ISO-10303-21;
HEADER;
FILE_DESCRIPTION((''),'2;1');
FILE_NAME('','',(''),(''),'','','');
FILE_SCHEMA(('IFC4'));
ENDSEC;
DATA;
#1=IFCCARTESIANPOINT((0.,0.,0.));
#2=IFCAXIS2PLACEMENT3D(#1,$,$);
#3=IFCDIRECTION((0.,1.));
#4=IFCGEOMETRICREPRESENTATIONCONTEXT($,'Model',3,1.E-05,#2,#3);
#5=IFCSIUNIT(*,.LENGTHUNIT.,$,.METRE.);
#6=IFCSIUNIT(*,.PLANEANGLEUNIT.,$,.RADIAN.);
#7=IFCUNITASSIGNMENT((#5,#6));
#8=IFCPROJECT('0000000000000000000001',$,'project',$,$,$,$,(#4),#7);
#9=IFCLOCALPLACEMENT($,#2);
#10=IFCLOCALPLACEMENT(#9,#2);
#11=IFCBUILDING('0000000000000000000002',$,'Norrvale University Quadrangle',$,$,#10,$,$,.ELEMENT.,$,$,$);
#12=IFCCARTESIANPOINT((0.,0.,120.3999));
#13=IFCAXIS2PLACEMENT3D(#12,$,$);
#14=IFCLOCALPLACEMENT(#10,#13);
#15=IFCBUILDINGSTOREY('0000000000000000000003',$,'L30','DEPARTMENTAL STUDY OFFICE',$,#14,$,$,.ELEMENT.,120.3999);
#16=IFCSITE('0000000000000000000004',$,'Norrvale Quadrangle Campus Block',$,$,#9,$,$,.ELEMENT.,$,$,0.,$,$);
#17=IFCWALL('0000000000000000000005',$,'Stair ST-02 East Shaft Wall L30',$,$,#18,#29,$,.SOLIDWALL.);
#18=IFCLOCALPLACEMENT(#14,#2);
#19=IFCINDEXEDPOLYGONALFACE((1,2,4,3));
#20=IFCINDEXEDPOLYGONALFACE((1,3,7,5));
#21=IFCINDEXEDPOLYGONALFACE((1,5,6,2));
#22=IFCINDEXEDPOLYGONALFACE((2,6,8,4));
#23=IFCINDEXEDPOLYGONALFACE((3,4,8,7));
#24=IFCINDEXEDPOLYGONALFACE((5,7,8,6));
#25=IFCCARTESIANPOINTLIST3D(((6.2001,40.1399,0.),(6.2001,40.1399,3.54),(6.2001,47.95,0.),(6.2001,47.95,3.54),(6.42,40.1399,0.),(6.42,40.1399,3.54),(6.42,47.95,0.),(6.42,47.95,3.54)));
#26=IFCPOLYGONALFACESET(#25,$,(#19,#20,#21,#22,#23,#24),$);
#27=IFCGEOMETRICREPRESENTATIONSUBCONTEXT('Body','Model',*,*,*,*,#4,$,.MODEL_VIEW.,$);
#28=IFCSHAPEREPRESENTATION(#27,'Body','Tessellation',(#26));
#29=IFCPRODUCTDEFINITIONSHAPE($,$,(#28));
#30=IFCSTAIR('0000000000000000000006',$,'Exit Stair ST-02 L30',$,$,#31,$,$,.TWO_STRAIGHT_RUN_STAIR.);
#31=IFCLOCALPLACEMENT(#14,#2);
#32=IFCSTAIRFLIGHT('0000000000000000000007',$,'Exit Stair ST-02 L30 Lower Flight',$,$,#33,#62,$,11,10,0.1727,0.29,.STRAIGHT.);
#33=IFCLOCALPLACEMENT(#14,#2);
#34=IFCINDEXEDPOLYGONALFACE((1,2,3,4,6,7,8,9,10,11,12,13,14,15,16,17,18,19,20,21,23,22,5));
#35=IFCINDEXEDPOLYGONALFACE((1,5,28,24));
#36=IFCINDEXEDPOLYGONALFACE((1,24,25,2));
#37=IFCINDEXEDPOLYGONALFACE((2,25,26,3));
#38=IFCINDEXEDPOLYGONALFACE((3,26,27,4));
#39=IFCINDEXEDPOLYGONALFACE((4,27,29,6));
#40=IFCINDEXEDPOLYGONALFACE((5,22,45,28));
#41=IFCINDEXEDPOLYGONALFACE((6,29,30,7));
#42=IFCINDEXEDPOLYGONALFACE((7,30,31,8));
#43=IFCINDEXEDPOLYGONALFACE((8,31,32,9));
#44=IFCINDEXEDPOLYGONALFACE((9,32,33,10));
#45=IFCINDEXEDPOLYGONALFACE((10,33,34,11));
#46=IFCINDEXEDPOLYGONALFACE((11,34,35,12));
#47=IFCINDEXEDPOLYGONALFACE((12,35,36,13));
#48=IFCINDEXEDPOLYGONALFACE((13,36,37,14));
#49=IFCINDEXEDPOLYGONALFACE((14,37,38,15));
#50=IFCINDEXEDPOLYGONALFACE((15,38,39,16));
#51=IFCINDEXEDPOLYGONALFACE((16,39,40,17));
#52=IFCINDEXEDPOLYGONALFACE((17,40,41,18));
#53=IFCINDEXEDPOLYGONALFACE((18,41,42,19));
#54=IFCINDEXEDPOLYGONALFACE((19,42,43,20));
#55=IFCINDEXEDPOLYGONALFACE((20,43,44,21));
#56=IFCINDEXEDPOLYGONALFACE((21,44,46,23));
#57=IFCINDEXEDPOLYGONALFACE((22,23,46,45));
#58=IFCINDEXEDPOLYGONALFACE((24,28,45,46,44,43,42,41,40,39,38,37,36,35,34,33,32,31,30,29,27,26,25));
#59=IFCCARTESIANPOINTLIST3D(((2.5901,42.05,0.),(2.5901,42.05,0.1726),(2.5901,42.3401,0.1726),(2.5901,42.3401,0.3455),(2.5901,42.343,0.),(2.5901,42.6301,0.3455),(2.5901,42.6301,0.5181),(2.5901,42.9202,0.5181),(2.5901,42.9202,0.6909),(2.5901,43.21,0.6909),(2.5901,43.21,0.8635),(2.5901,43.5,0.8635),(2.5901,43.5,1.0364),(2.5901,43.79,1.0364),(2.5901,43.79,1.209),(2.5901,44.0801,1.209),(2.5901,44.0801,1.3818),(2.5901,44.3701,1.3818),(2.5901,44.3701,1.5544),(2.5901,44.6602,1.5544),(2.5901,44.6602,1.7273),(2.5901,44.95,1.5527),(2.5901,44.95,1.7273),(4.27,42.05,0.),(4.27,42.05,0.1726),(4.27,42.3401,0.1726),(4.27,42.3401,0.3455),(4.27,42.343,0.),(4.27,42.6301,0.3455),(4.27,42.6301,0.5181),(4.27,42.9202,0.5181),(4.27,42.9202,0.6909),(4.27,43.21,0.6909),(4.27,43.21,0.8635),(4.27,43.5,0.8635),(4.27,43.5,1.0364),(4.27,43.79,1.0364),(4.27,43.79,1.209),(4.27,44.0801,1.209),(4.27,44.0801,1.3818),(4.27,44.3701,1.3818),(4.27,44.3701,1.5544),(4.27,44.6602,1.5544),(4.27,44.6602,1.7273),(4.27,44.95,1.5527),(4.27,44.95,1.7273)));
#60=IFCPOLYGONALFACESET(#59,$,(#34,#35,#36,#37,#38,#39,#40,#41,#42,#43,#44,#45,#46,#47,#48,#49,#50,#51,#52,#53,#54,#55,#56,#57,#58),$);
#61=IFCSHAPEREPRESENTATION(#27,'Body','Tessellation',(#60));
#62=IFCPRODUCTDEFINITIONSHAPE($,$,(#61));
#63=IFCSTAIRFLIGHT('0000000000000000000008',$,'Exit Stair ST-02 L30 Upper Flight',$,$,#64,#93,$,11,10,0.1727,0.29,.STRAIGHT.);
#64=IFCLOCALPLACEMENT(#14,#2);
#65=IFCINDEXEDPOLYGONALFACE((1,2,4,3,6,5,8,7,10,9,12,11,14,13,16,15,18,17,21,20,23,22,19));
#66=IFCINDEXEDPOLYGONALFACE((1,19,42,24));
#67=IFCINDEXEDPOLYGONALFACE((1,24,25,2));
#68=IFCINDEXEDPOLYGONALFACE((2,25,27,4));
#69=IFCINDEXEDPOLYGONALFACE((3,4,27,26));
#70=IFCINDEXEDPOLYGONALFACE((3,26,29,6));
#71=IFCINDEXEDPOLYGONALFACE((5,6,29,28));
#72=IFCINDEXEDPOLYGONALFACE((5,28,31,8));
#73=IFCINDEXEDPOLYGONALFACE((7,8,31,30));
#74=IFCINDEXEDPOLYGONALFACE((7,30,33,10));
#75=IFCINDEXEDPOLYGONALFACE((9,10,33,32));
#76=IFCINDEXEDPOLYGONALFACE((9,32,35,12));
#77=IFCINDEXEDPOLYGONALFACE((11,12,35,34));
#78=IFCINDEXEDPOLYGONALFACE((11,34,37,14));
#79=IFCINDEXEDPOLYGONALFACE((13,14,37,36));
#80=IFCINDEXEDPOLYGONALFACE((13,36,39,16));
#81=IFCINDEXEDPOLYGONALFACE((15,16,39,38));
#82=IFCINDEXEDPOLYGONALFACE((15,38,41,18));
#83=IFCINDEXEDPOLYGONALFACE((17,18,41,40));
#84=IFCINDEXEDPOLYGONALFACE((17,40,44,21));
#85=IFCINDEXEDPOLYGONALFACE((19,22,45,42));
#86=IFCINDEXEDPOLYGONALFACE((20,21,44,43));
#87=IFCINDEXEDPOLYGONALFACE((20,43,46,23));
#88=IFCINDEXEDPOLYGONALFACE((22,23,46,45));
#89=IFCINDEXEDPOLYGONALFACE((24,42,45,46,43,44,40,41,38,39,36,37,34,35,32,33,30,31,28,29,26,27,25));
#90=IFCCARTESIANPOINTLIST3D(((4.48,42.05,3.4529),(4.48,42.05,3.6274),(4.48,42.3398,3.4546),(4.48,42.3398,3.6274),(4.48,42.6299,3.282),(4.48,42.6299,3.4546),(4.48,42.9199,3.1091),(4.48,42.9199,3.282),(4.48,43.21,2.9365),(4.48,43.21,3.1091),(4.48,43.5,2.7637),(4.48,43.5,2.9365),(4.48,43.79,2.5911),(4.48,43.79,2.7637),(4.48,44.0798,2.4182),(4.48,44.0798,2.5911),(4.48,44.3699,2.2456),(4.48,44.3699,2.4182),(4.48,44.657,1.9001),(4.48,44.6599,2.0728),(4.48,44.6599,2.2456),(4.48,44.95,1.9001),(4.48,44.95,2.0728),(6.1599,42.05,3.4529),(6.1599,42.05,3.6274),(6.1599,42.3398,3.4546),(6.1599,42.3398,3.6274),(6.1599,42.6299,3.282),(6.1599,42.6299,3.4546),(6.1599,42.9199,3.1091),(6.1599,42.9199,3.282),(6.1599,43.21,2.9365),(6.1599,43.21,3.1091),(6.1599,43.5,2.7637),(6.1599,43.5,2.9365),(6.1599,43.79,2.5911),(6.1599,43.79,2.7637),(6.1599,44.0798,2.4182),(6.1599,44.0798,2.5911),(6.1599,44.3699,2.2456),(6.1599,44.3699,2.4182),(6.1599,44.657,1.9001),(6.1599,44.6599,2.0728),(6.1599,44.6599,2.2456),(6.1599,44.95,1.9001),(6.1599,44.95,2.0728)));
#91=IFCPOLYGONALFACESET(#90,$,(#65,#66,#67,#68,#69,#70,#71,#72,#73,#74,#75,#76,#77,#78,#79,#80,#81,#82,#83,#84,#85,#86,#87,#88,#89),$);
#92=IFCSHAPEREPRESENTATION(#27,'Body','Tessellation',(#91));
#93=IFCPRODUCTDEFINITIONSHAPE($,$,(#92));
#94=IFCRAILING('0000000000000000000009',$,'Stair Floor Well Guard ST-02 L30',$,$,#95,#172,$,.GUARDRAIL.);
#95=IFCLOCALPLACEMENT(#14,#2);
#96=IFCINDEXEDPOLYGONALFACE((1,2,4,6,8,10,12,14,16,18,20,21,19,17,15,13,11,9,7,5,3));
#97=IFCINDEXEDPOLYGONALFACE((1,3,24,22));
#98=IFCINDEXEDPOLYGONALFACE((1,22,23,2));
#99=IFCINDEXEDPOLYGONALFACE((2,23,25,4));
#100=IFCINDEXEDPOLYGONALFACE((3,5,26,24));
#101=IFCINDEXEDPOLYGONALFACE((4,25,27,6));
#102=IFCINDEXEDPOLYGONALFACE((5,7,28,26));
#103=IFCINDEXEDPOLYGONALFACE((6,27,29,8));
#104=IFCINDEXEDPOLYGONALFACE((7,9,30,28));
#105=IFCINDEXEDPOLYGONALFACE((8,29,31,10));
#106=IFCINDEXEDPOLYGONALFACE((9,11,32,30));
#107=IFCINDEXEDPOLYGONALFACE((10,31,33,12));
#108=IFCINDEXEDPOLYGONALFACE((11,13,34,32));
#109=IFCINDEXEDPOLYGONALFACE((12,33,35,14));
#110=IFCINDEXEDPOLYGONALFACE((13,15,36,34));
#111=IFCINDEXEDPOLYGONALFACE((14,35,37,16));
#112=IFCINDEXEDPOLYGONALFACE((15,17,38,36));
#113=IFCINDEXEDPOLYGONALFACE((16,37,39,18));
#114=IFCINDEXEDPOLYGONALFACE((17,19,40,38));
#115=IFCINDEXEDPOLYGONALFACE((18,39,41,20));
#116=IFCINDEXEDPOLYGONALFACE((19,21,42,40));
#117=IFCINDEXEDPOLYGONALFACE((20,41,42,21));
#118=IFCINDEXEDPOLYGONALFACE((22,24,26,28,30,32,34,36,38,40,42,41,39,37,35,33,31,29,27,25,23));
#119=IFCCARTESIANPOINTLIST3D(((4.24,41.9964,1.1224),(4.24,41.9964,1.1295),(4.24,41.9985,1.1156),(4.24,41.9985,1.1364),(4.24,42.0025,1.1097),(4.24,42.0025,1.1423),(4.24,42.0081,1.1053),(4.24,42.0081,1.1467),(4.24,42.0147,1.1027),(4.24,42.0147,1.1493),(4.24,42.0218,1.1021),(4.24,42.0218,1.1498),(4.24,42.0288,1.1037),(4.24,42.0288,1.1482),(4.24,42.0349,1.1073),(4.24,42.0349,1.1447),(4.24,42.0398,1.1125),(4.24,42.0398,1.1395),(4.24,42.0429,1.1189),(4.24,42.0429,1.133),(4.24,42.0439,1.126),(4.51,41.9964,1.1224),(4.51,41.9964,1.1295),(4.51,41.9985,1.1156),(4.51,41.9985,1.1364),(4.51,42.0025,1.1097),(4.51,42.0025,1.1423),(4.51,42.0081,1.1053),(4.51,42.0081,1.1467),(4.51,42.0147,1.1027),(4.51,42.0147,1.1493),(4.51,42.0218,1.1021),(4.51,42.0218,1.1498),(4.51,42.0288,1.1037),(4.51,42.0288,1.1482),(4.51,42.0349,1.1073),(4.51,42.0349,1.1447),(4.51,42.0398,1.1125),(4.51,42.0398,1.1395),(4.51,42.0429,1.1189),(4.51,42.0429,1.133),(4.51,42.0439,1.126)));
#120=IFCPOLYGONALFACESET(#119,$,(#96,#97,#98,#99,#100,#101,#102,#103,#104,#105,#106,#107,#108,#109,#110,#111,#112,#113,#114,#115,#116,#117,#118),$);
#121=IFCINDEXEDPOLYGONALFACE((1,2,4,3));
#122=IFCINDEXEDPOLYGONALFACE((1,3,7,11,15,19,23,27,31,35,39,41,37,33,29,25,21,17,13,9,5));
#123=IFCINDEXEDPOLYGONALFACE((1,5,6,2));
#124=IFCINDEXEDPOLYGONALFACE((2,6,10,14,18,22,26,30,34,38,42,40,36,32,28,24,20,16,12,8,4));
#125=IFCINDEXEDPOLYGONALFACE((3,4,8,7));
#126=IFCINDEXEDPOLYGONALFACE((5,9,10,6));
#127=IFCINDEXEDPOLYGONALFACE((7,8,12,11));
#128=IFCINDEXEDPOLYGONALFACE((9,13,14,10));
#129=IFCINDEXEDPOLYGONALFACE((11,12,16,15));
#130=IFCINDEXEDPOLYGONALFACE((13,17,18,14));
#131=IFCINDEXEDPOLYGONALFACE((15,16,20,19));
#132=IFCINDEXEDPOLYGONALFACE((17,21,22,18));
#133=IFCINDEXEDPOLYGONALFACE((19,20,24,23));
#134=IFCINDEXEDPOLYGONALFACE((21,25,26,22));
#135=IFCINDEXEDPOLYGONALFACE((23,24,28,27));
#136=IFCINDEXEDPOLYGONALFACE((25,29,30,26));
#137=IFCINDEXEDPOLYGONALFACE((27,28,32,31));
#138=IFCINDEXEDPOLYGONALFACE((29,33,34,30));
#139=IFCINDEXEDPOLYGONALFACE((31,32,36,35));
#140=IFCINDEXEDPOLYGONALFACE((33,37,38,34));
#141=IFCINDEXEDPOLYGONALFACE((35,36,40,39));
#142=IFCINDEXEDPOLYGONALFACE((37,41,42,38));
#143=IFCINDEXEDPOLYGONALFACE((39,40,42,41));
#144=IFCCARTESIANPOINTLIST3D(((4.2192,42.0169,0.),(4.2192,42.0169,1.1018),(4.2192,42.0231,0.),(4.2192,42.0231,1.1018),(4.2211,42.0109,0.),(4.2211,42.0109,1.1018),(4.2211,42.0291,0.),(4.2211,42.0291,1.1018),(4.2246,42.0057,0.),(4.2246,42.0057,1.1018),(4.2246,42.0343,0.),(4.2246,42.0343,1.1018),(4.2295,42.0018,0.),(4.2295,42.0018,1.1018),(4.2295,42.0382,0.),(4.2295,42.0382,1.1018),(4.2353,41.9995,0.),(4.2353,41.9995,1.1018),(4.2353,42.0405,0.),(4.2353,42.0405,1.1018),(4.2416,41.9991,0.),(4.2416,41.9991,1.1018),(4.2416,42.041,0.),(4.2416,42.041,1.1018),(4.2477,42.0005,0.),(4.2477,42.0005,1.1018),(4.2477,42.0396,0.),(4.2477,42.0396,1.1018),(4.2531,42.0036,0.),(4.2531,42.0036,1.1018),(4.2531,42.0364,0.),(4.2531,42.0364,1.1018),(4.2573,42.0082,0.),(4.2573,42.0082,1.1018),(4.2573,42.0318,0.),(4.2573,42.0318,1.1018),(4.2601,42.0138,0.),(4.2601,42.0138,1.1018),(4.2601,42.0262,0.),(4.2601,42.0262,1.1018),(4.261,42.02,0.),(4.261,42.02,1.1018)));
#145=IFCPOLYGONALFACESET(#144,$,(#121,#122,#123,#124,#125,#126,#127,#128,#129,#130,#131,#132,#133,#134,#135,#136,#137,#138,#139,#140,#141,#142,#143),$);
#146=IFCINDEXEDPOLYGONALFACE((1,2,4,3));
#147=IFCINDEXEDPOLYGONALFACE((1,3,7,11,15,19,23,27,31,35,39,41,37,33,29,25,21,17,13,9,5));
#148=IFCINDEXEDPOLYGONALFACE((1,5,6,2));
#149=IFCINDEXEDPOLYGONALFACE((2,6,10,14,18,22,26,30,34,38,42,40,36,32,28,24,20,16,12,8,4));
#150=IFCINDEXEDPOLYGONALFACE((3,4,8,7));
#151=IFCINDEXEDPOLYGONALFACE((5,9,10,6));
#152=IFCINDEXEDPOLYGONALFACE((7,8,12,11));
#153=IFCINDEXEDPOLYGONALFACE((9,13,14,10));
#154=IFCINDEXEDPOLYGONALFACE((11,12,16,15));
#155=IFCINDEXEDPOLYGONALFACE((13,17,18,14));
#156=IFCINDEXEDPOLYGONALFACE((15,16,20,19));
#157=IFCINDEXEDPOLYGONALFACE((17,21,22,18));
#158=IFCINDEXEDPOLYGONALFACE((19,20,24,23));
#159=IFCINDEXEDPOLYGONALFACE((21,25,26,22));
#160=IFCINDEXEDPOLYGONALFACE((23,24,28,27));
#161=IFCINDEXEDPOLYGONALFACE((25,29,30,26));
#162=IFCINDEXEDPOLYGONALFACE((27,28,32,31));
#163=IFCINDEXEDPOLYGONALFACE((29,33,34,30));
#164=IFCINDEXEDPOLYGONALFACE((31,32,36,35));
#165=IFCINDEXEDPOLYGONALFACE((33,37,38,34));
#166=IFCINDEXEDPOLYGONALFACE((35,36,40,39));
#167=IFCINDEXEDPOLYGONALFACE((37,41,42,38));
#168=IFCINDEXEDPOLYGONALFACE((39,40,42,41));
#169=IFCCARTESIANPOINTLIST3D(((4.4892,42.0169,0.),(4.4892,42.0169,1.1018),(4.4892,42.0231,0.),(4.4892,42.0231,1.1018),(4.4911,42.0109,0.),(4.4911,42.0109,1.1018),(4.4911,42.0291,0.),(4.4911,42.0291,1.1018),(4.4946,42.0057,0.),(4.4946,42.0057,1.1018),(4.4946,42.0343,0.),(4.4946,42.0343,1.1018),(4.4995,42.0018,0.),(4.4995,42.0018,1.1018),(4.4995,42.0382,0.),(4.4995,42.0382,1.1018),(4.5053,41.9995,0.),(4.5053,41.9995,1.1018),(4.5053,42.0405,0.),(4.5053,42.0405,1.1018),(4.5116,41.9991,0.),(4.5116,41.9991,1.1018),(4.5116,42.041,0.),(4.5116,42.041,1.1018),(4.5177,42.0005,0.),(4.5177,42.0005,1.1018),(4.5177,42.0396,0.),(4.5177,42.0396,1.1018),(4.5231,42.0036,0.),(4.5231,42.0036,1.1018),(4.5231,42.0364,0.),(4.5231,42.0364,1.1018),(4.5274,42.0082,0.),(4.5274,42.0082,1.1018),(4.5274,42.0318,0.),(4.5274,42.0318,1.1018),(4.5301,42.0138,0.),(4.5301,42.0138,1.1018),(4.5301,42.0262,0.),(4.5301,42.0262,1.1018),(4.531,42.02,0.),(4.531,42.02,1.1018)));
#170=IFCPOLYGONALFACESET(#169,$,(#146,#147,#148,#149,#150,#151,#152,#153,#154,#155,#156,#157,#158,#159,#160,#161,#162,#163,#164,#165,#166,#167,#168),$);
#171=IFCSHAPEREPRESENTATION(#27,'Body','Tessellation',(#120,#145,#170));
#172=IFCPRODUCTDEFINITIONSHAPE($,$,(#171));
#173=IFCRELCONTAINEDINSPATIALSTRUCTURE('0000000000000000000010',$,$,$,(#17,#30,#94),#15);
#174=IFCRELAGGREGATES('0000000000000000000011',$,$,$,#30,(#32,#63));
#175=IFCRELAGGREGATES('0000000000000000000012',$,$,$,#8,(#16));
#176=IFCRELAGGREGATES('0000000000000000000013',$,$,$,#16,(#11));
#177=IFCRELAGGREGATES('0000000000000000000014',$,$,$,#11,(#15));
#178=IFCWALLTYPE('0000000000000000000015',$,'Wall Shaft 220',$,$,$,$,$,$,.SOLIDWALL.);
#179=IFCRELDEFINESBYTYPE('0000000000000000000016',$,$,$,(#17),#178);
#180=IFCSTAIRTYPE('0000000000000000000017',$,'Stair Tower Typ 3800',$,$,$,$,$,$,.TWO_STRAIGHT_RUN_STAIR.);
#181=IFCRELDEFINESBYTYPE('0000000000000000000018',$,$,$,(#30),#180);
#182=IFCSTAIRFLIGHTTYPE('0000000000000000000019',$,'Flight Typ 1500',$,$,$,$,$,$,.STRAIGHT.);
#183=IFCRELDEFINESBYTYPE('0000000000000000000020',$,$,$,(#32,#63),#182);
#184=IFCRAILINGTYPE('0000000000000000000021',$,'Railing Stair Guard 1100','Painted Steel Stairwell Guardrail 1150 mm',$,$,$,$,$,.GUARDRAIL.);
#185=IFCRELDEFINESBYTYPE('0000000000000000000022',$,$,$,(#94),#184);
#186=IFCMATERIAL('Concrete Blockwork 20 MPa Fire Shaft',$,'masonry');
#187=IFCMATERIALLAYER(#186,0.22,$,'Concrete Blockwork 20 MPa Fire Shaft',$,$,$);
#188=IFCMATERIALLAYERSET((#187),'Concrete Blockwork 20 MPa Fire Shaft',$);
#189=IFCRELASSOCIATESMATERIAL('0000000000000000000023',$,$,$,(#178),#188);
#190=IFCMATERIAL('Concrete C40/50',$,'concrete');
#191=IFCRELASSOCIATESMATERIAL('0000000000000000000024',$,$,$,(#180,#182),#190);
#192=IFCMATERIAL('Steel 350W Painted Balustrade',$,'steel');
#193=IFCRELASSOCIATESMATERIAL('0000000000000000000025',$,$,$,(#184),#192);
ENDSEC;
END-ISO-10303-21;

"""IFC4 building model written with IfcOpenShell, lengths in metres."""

from ifc_helpers import new_model, si_unit, direction, frame, frame_2d, origin, origin_2d, place, context, subcontext, project, spatial, polyline, rectangle, circle, outline, extrude, material, layer, layer_set, type_object, element, aggregate, save


model = new_model("IFC4")

# Units and contexts
model_context = context("Model", 3, precision=1e-05, world=origin(), true_north=direction((0.0, 1.0)))
body_context = subcontext(model_context, "Body", "Model", "MODEL_VIEW")
ifc_project = project(units=[si_unit("LENGTHUNIT", "METRE"), si_unit("PLANEANGLEUNIT", "RADIAN")], contexts=[model_context])

# Site, building, storey
site_placement = place(None, origin())
site = spatial("IfcSite", under=ifc_project, at=site_placement, Name="Norrvale Quadrangle Campus Block", CompositionType="ELEMENT", RefElevation=0.0)
building_placement = place(site_placement, origin())
building = spatial("IfcBuilding", under=site, at=building_placement, Name="Norrvale University Quadrangle", CompositionType="ELEMENT")
storey_placement = place(building_placement, frame((0.0, 0.0, 120.3999)))
storey = spatial("IfcBuildingStorey", under=building, at=storey_placement, Name="L30", Description="DEPARTMENTAL STUDY OFFICE", CompositionType="ELEMENT", Elevation=120.3999)

# Shared definitions
ifc_material_1 = material(Name="Concrete Blockwork 20 MPa Fire Shaft", Category="masonry")
ifc_layer_1 = layer(ifc_material_1, 0.22, Name="Concrete Blockwork 20 MPa Fire Shaft")
ifc_layer_set_1 = layer_set([ifc_layer_1], Name="Concrete Blockwork 20 MPa Fire Shaft")
wall_type_1 = type_object("IfcWallType", Name="Wall Shaft 220", PredefinedType="SOLIDWALL", material=ifc_layer_set_1)

# Wall
wall_1_placement = place(storey_placement, frame((6.3101, 40.1399, 0.0), z_axis=(0.0, 0.0, 1.0), x_axis=(0.0, 1.0, 0.0)))
element("IfcWall", 1, at=wall_1_placement, inside=storey, type_object=wall_type_1, Name="Stair ST-02 East Shaft Wall L30", PredefinedType="SOLIDWALL", context=body_context, shape_type="SweptSolid", body=[
    extrude(rectangle(XDim=7.8101, YDim=0.22, at=frame_2d((3.905, 0.0))), origin(), (0.0, 0.0, 1.0), 3.54),
])

# Stair, stair flights
ifc_material_2 = material(Name="Concrete C40/50", Category="concrete")
stair_type = type_object("IfcStairType", Name="Stair Tower Typ 3800", PredefinedType="TWO_STRAIGHT_RUN_STAIR", material=ifc_material_2)
stair_placement = place(storey_placement, origin())
stair = element("IfcStair", 2, at=stair_placement, inside=storey, type_object=stair_type, Name="Exit Stair ST-02 L30", PredefinedType="TWO_STRAIGHT_RUN_STAIR")
stair_flight_type = type_object("IfcStairFlightType", Name="Flight Typ 1500", PredefinedType="STRAIGHT", material=ifc_material_2)
stair_flight_1_placement = place(storey_placement, frame((3.4299, 42.05, 0.0), z_axis=(0.0, 0.0, 1.0), x_axis=(0.0, 1.0, 0.0)))
stair_flight_1 = element("IfcStairFlight", 3, at=stair_flight_1_placement, type_object=stair_flight_type, Name="Exit Stair ST-02 L30 Lower Flight", NumberOfRisers=11, NumberOfTreads=10, PredefinedType="STRAIGHT", RiserHeight=0.1727, TreadLength=0.29, context=body_context, shape_type="SweptSolid", body=[
    extrude(outline(polyline([(0.0, 0.0), (0.0, 0.1726), (0.29, 0.1726), (0.29, 0.3455), (0.5801, 0.3455), (0.5801, 0.5181), (0.8701, 0.5181), (0.8701, 0.6909), (1.1599, 0.6909), (1.1599, 0.8635), (1.45, 0.8635), (1.45, 1.0364), (1.74, 1.0364), (1.74, 1.209), (2.03, 1.209), (2.03, 1.3818), (2.3201, 1.3818), (2.3201, 1.5544), (2.6101, 1.5544), (2.6101, 1.7273), (2.8999, 1.7273), (2.8999, 1.8999), (2.8999, 1.5527), (0.293, 0.0), (0.0, 0.0)])), frame((0.0, 0.8398, 0.0), z_axis=(0.0, -1.0, 0.0), x_axis=(1.0, 0.0, 0.0)), (0.0, 0.0, 1.0), 1.6799),
])
stair_flight_2_placement = place(storey_placement, frame((5.3201, 44.95, 1.9001), z_axis=(0.0, 0.0, 1.0), x_axis=(0.0, -1.0, 0.0)))
stair_flight_2 = element("IfcStairFlight", 4, at=stair_flight_2_placement, type_object=stair_flight_type, Name="Exit Stair ST-02 L30 Upper Flight", NumberOfRisers=11, NumberOfTreads=10, PredefinedType="STRAIGHT", RiserHeight=0.1727, TreadLength=0.29, context=body_context, shape_type="SweptSolid", body=[
    extrude(outline(polyline([(0.0, 0.0), (0.0, 0.1726), (0.29, 0.1726), (0.29, 0.3455), (0.5801, 0.3455), (0.5801, 0.5181), (0.8701, 0.5181), (0.8701, 0.6909), (1.1599, 0.6909), (1.1599, 0.8635), (1.45, 0.8635), (1.45, 1.0364), (1.74, 1.0364), (1.74, 1.209), (2.03, 1.209), (2.03, 1.3818), (2.3201, 1.3818), (2.3201, 1.5544), (2.6101, 1.5544), (2.6101, 1.7273), (2.8999, 1.7273), (2.8999, 1.8999), (2.8999, 1.5527), (0.293, 0.0), (0.0, 0.0)])), frame((0.0, 0.8398, 0.0), z_axis=(0.0, -1.0, 0.0), x_axis=(1.0, 0.0, 0.0)), (0.0, 0.0, 1.0), 1.6799),
])
aggregate(stair, [stair_flight_1, stair_flight_2])

# Railing
ifc_material_3 = material(Name="Steel 350W Painted Balustrade", Category="steel")
railing_type_1 = type_object("IfcRailingType", Name="Railing Stair Guard 1100", Description="Painted Steel Stairwell Guardrail 1150 mm", PredefinedType="GUARDRAIL", material=ifc_material_3)
for number, where, name in (
    (5, (4.24, 42.02, 0.0), "Stair Floor Well Guard ST-02 L30"),
):
    element("IfcRailing", number, at=place(storey_placement, frame(where)), inside=storey, type_object=railing_type_1, Name=name, PredefinedType="GUARDRAIL", context=body_context, shape_type="SweptSolid", body=[
        extrude(circle(Radius=0.0239, at=origin_2d()), frame((0.0, 0.0, 1.126), z_axis=(1.0, 0.0, 0.0), x_axis=(0.0, 1.0, 0.0)), (0.0, 0.0, 1.0), 0.27),
        extrude(circle(Radius=0.021, at=origin_2d()), origin(), (0.0, 0.0, 1.0), 1.1018),
        extrude(circle(Radius=0.021, at=origin_2d()), frame((0.27, 0.0, 0.0)), (0.0, 0.0, 1.0), 1.1018),
    ])

save(model, "model.ifc")
